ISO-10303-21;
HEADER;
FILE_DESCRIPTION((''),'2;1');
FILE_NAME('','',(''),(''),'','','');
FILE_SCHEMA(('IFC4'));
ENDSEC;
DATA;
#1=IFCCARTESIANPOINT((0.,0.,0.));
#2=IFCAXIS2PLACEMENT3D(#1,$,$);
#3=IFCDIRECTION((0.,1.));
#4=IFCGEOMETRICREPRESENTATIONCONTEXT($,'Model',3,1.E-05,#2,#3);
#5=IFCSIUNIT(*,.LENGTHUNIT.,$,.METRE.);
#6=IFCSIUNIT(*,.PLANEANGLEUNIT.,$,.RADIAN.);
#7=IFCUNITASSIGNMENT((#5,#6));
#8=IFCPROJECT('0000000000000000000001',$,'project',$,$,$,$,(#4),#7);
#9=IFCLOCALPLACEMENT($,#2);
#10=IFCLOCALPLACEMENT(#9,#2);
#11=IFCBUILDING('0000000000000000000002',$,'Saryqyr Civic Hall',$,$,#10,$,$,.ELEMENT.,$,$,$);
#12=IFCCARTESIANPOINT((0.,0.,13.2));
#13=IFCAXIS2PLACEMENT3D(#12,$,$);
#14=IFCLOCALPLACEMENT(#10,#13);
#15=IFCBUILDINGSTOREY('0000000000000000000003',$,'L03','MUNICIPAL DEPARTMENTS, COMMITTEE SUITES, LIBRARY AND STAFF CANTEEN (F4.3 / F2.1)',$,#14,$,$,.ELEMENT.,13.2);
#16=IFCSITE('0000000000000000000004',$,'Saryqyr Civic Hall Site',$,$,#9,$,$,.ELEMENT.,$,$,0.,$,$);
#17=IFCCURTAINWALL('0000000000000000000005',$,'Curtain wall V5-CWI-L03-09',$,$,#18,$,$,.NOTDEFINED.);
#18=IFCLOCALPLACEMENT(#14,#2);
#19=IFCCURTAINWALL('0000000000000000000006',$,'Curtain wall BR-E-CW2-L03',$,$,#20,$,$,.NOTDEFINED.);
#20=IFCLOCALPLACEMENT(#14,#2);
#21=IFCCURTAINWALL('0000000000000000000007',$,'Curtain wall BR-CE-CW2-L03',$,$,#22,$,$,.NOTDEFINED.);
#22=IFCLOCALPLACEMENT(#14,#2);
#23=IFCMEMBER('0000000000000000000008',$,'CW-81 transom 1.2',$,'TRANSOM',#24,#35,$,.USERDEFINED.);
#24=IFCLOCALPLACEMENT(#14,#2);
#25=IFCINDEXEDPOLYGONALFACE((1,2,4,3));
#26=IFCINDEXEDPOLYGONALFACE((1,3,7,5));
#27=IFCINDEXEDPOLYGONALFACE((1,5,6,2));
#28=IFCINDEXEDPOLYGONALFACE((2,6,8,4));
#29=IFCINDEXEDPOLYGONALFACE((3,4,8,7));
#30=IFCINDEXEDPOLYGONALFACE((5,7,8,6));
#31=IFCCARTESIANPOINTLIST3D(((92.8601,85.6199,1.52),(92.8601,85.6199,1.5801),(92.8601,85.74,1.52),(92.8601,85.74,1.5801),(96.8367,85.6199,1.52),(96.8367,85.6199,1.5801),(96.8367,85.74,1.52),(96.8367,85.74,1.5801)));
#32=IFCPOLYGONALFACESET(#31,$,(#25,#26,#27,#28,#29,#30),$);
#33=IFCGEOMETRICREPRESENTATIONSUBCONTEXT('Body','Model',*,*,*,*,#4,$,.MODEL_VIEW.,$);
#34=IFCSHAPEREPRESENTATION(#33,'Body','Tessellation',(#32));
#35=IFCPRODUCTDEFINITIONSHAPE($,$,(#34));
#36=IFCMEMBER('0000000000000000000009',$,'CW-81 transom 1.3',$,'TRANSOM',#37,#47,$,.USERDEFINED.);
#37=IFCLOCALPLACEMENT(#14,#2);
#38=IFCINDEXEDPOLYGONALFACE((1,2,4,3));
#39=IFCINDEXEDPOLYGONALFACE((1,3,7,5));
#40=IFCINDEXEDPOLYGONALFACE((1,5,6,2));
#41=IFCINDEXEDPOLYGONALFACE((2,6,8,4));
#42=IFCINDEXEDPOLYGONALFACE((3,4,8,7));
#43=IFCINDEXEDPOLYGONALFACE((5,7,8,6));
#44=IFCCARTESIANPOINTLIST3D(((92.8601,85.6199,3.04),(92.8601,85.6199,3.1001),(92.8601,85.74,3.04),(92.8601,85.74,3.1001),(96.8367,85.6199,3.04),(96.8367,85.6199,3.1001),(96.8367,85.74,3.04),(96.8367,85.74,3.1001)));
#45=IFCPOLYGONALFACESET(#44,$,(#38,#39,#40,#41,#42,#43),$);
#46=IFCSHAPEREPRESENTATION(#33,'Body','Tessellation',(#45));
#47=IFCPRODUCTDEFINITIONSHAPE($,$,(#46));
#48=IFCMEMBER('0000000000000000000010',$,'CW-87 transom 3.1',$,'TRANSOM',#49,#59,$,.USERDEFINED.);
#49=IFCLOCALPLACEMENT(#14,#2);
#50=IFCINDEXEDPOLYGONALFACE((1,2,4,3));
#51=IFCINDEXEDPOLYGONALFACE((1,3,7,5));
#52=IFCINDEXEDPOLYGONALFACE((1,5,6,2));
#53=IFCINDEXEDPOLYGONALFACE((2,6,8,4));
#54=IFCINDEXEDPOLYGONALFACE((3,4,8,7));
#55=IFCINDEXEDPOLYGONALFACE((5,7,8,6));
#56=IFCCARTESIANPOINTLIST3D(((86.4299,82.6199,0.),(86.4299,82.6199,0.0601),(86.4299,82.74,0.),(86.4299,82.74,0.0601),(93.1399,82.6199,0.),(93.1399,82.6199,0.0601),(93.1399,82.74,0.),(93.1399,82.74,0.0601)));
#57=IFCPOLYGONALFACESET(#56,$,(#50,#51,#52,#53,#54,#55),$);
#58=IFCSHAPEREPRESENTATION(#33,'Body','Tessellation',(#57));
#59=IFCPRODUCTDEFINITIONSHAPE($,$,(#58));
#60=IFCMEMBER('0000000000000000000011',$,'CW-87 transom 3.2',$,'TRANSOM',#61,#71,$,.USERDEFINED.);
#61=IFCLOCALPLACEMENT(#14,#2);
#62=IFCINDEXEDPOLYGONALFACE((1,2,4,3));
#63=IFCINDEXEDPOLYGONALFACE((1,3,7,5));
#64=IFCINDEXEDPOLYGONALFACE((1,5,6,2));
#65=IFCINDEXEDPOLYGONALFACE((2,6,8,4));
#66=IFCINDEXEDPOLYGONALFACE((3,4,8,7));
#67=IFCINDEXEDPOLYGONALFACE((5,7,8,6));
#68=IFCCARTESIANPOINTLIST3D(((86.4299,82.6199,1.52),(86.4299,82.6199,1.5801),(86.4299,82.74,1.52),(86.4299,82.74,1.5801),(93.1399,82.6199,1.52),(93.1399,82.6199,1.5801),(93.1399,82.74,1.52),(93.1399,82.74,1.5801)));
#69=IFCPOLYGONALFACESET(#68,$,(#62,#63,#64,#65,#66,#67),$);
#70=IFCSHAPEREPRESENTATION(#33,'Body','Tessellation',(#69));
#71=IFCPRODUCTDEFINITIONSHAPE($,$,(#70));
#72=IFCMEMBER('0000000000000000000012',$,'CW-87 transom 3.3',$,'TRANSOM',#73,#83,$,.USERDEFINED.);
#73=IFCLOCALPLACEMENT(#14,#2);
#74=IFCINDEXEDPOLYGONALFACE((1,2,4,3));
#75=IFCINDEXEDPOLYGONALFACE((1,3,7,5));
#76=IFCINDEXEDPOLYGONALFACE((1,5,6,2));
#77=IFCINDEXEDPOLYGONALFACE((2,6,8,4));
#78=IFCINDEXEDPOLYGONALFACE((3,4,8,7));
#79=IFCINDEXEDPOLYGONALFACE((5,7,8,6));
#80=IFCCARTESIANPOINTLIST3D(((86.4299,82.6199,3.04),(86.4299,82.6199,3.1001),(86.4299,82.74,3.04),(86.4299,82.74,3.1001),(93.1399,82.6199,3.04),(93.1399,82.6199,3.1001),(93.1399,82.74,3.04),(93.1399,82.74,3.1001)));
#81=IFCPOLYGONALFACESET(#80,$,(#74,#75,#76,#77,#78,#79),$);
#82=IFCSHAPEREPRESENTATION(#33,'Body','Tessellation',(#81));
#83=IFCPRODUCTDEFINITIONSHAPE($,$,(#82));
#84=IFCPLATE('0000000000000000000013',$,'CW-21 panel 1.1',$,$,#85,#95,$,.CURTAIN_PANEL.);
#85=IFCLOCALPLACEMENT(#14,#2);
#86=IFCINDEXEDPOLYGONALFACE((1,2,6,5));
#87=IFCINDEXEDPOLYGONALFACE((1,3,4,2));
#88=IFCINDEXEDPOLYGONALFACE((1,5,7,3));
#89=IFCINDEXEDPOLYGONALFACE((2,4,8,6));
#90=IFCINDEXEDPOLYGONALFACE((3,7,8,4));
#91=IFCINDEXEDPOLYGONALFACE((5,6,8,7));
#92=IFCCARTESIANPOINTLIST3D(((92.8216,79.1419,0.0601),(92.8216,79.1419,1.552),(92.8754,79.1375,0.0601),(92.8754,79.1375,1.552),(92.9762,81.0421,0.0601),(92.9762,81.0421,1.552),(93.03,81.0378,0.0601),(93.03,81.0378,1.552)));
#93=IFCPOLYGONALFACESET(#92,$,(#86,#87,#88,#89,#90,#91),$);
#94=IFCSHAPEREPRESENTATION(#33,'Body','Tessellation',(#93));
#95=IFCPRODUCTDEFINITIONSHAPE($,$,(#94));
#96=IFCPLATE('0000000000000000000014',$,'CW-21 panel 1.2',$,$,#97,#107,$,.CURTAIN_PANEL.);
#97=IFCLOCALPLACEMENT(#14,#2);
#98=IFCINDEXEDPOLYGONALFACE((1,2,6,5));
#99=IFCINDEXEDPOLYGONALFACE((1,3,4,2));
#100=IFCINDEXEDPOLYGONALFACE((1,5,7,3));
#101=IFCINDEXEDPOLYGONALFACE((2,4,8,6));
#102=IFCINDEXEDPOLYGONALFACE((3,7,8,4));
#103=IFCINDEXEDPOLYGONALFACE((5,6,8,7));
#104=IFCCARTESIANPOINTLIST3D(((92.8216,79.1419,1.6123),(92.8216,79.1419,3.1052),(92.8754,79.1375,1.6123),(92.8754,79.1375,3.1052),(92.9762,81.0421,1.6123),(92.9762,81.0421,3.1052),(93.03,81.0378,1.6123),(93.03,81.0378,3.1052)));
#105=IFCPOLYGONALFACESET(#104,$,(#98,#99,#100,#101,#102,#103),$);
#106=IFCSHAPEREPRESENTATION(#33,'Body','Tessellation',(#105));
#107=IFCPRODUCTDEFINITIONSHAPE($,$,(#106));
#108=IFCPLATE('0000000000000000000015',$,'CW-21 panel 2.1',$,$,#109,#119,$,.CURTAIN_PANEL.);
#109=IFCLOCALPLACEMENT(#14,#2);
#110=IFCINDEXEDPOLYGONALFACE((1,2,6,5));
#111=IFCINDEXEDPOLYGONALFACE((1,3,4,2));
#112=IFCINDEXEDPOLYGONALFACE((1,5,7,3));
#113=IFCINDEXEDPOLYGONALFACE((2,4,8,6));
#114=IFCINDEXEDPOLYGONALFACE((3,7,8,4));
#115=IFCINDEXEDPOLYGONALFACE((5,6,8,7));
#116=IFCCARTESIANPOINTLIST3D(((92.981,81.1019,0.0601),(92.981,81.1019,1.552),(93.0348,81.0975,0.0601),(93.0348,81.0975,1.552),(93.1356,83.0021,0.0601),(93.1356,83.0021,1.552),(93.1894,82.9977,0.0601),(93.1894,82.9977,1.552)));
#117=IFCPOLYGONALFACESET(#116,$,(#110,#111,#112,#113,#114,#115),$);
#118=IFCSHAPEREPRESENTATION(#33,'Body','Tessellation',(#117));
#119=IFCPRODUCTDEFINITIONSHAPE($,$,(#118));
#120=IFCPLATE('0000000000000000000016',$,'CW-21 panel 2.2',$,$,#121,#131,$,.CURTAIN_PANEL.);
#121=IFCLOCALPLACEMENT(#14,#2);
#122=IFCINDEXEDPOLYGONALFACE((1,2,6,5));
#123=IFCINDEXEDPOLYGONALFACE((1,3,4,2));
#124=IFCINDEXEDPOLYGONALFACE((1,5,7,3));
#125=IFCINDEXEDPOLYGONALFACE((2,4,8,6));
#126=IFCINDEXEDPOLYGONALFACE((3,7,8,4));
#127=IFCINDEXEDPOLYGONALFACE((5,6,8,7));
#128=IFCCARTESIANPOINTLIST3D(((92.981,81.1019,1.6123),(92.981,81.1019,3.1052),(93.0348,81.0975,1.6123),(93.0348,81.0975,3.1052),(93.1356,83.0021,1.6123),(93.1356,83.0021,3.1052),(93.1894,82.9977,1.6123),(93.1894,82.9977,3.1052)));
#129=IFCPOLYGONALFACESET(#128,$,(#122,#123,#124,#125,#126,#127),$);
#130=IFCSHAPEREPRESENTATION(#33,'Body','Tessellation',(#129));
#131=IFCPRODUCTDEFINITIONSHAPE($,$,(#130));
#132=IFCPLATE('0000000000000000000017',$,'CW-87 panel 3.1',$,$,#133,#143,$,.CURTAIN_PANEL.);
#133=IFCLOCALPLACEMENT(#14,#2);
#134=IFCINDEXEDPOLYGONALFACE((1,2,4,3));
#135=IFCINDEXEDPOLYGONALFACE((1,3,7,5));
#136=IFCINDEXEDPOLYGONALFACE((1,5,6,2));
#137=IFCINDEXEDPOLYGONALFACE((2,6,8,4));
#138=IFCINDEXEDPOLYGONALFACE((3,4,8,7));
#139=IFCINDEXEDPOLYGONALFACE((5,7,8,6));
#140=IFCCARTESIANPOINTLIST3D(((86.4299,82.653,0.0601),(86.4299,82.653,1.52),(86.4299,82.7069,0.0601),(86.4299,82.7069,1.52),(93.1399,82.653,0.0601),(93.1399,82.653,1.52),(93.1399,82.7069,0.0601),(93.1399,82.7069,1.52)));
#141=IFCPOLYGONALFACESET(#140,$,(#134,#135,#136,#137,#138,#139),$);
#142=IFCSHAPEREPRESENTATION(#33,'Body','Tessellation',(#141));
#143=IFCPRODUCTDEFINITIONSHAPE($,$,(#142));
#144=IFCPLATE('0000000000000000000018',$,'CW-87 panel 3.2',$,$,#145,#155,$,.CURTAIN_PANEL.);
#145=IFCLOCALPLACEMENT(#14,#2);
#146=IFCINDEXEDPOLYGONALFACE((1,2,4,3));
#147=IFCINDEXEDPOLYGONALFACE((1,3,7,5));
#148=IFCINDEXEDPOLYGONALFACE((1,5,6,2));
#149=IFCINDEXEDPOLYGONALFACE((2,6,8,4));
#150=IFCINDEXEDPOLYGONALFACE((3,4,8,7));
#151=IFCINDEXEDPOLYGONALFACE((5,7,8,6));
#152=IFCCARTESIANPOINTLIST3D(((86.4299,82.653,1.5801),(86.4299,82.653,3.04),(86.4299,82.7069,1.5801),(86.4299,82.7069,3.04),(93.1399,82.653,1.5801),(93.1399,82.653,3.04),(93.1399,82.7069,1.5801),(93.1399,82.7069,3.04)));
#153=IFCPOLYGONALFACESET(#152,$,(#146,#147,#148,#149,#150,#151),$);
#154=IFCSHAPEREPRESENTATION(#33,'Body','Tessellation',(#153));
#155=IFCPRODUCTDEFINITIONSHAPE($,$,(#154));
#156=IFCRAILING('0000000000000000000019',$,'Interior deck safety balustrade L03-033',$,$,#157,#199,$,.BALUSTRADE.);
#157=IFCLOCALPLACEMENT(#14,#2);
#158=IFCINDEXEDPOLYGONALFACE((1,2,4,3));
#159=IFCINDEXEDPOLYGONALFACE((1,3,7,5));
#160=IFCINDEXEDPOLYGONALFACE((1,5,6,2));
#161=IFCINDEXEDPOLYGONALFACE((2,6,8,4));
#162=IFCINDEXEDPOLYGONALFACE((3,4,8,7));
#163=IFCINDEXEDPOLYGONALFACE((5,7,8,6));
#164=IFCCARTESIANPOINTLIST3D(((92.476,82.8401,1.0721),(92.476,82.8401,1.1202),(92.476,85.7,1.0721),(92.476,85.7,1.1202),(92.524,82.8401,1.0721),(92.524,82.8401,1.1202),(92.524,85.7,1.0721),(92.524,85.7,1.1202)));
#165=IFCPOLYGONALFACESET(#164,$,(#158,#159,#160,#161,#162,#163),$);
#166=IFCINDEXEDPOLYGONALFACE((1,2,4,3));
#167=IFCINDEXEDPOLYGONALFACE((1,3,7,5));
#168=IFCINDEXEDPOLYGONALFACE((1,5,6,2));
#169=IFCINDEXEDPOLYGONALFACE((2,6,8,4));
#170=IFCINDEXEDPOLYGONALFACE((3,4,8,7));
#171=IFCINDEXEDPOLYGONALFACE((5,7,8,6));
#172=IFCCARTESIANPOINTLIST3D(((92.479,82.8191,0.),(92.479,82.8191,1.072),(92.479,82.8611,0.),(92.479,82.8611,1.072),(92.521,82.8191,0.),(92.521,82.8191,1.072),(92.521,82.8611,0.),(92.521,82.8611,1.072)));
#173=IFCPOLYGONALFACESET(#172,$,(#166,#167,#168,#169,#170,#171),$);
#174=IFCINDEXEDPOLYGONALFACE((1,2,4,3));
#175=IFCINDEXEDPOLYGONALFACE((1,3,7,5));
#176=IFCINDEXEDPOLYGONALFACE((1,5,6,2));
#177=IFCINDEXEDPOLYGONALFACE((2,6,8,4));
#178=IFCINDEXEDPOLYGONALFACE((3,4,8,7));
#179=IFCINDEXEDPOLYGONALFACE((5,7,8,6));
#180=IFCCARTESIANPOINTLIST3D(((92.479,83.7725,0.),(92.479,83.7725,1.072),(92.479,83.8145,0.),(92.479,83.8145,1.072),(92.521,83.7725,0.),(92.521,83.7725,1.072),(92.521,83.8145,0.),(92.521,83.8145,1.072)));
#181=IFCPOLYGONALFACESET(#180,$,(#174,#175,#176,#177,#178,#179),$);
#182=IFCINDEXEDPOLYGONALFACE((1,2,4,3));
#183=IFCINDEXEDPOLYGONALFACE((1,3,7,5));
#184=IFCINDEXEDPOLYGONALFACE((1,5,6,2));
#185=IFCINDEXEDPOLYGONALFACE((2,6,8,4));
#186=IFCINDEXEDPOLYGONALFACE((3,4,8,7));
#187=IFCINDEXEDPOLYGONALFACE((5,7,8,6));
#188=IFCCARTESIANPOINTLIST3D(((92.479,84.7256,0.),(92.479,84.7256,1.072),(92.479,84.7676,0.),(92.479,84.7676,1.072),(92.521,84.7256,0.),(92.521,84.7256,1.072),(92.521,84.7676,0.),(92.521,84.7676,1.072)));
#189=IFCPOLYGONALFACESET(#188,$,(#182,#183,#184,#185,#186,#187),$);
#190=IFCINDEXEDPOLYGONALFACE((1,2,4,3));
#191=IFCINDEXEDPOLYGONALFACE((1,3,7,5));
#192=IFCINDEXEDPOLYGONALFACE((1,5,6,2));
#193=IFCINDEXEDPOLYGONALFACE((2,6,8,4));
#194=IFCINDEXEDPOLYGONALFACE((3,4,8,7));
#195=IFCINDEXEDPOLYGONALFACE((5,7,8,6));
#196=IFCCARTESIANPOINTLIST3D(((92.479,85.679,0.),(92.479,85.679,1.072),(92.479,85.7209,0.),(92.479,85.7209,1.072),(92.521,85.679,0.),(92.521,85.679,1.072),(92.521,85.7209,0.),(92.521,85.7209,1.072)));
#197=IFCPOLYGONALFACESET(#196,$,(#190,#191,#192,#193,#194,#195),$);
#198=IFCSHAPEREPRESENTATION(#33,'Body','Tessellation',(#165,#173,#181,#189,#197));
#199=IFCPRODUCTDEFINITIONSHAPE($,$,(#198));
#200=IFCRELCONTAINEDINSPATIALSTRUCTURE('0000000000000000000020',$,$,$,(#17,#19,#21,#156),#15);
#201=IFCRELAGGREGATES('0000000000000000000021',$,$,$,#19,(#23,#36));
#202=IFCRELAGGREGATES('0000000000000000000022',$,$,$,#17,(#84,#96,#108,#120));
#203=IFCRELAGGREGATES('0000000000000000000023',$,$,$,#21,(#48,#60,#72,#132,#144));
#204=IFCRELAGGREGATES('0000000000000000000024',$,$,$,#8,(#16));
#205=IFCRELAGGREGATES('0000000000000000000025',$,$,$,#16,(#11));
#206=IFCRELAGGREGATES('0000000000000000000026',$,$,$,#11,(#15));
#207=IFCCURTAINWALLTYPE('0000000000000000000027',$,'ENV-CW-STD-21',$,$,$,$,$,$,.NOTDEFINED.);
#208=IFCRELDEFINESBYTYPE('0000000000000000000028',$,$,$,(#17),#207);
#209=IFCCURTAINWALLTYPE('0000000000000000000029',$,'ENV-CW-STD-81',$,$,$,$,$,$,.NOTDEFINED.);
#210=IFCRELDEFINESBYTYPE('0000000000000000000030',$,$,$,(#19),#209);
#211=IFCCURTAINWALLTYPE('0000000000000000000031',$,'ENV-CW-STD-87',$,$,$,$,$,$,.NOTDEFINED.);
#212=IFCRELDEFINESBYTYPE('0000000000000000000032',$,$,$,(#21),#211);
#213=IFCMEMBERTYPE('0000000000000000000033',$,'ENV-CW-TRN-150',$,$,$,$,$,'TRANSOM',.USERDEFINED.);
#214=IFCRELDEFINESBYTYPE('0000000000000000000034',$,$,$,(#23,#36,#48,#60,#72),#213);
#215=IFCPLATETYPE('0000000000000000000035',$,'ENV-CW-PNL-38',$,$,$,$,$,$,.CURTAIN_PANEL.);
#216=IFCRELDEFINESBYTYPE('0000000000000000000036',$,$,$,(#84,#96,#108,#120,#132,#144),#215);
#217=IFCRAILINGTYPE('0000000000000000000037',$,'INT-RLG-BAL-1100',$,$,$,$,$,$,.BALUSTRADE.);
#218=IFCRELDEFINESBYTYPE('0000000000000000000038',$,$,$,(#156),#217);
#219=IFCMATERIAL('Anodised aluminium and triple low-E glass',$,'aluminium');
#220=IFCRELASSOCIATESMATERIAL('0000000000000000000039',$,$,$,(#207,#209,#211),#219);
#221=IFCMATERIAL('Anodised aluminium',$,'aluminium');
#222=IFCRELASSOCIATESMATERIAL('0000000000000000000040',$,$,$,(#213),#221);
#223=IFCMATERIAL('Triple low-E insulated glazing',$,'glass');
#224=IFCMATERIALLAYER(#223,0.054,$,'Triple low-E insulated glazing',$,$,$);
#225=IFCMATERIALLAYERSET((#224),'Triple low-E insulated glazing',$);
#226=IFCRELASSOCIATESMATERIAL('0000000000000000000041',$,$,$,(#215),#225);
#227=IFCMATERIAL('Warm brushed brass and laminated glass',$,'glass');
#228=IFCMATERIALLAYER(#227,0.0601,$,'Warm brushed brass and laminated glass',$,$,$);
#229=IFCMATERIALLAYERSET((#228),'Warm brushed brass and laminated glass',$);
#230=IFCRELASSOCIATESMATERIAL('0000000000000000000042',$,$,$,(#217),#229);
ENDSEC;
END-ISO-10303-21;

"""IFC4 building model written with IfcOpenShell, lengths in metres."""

from ifc_helpers import new_model, si_unit, direction, frame, origin, origin_2d, place, context, subcontext, project, spatial, rectangle, extrude, material, layer, layer_set, material_profile, profile_set, type_object, element, aggregate, save


model = new_model("IFC4")

# Units and contexts
model_context = context("Model", 3, precision=1e-05, world=origin(), true_north=direction((0.0, 1.0)))
body_context = subcontext(model_context, "Body", "Model", "MODEL_VIEW")
ifc_project = project(units=[si_unit("LENGTHUNIT", "METRE"), si_unit("PLANEANGLEUNIT", "RADIAN")], contexts=[model_context])

# Site, building, storey
site_placement = place(None, origin())
site = spatial("IfcSite", under=ifc_project, at=site_placement, Name="Saryqyr Civic Hall Site", CompositionType="ELEMENT", RefElevation=0.0)
building_placement = place(site_placement, origin())
building = spatial("IfcBuilding", under=site, at=building_placement, Name="Saryqyr Civic Hall", CompositionType="ELEMENT")
storey_placement = place(building_placement, frame((0.0, 0.0, 13.2)))
storey = spatial("IfcBuildingStorey", under=building, at=storey_placement, Name="L03", Description="MUNICIPAL DEPARTMENTS, COMMITTEE SUITES, LIBRARY AND STAFF CANTEEN (F4.3 / F2.1)", CompositionType="ELEMENT", Elevation=13.2)

# Curtain walls
ifc_material_1 = material(Name="Anodised aluminium and triple low-E glass", Category="aluminium")
curtain_wall_type_1 = type_object("IfcCurtainWallType", Name="ENV-CW-STD-21", PredefinedType="NOTDEFINED", material=ifc_material_1)
curtain_wall_1_placement = place(storey_placement, origin())
curtain_wall_1 = element("IfcCurtainWall", 1, at=curtain_wall_1_placement, inside=storey, type_object=curtain_wall_type_1, Name="Curtain wall V5-CWI-L03-09", PredefinedType="NOTDEFINED")
ifc_material_2 = material(Name="Anodised aluminium", Category="aluminium")
curtain_wall_type_2 = type_object("IfcCurtainWallType", Name="ENV-CW-STD-81", PredefinedType="NOTDEFINED", material=ifc_material_1)
curtain_wall_2_placement = place(storey_placement, origin())
curtain_wall_2 = element("IfcCurtainWall", 2, at=curtain_wall_2_placement, inside=storey, type_object=curtain_wall_type_2, Name="Curtain wall BR-E-CW2-L03", PredefinedType="NOTDEFINED")
curtain_wall_type_3 = type_object("IfcCurtainWallType", Name="ENV-CW-STD-87", PredefinedType="NOTDEFINED", material=ifc_material_1)
curtain_wall_3_placement = place(storey_placement, origin())
curtain_wall_3 = element("IfcCurtainWall", 3, at=curtain_wall_3_placement, inside=storey, type_object=curtain_wall_type_3, Name="Curtain wall BR-CE-CW2-L03", PredefinedType="NOTDEFINED")

# Members
ifc_material_profile_1 = material_profile(ifc_material_2, rectangle(XDim=0.1201, YDim=0.0601, at=origin_2d()), Name="ALU TRANSOM 120x60")
ifc_profile_set_1 = profile_set([ifc_material_profile_1], Name="Anodised aluminium")
member_type_1 = type_object("IfcMemberType", Name="ENV-CW-TRN-150", ElementType="TRANSOM", PredefinedType="USERDEFINED", material=ifc_profile_set_1)
member_1_placement = place(storey_placement, frame((92.8601, 85.6799, 1.55), z_axis=(1.0, 0.0, 0.0), x_axis=(0.0, 1.0, 0.0)))
member_1 = element("IfcMember", 4, at=member_1_placement, type_object=member_type_1, Name="CW-81 transom 1.2", ObjectType="TRANSOM", PredefinedType="USERDEFINED", context=body_context, shape_type="SweptSolid", body=[
    extrude(rectangle(XDim=0.1201, YDim=0.0601, at=origin_2d()), origin(), (0.0, 0.0, 1.0), 3.9766),
])
member_2_placement = place(storey_placement, frame((92.8601, 85.6799, 3.0701), z_axis=(1.0, 0.0, 0.0), x_axis=(0.0, 1.0, 0.0)))
member_2 = element("IfcMember", 5, at=member_2_placement, type_object=member_type_1, Name="CW-81 transom 1.3", ObjectType="TRANSOM", PredefinedType="USERDEFINED", context=body_context, shape_type="SweptSolid", body=[
    extrude(rectangle(XDim=0.1201, YDim=0.0601, at=origin_2d()), origin(), (0.0, 0.0, 1.0), 3.9766),
])
aggregate(curtain_wall_2, [member_1, member_2])
member_3_placement = place(storey_placement, frame((86.4299, 82.6799, 0.03), z_axis=(1.0, 0.0, 0.0), x_axis=(0.0, 1.0, 0.0)))
member_3 = element("IfcMember", 6, at=member_3_placement, type_object=member_type_1, Name="CW-87 transom 3.1", ObjectType="TRANSOM", PredefinedType="USERDEFINED", context=body_context, shape_type="SweptSolid", body=[
    extrude(rectangle(XDim=0.1201, YDim=0.0601, at=origin_2d()), origin(), (0.0, 0.0, 1.0), 6.71),
])
member_4_placement = place(storey_placement, frame((86.4299, 82.6799, 1.55), z_axis=(1.0, 0.0, 0.0), x_axis=(0.0, 1.0, 0.0)))
member_4 = element("IfcMember", 7, at=member_4_placement, type_object=member_type_1, Name="CW-87 transom 3.2", ObjectType="TRANSOM", PredefinedType="USERDEFINED", context=body_context, shape_type="SweptSolid", body=[
    extrude(rectangle(XDim=0.1201, YDim=0.0601, at=origin_2d()), origin(), (0.0, 0.0, 1.0), 6.71),
])
member_5_placement = place(storey_placement, frame((86.4299, 82.6799, 3.0701), z_axis=(1.0, 0.0, 0.0), x_axis=(0.0, 1.0, 0.0)))
member_5 = element("IfcMember", 8, at=member_5_placement, type_object=member_type_1, Name="CW-87 transom 3.3", ObjectType="TRANSOM", PredefinedType="USERDEFINED", context=body_context, shape_type="SweptSolid", body=[
    extrude(rectangle(XDim=0.1201, YDim=0.0601, at=origin_2d()), origin(), (0.0, 0.0, 1.0), 6.71),
])

# Plates
ifc_material_3 = material(Name="Triple low-E insulated glazing", Category="glass")
ifc_layer_1 = layer(ifc_material_3, 0.054, Name="Triple low-E insulated glazing")
ifc_layer_set_1 = layer_set([ifc_layer_1], Name="Triple low-E insulated glazing")
plate_type = type_object("IfcPlateType", Name="ENV-CW-PNL-38", PredefinedType="CURTAIN_PANEL", material=ifc_layer_set_1)
plate_1_placement = place(storey_placement, frame((92.9258, 80.0898, 0.0601), z_axis=(0.0, 0.0, 1.0), x_axis=(0.081091, 0.996707, 0.0)))
plate_1 = element("IfcPlate", 9, at=plate_1_placement, type_object=plate_type, Name="CW-21 panel 1.1", PredefinedType="CURTAIN_PANEL", context=body_context, shape_type="SweptSolid", body=[
    extrude(rectangle(XDim=1.9065, YDim=0.054, at=origin_2d()), origin(), (0.0, 0.0, 1.0), 1.4919),
])
plate_2_placement = place(storey_placement, frame((92.9258, 80.0898, 1.6123), z_axis=(0.0, 0.0, 1.0), x_axis=(0.081091, 0.996707, 0.0)))
plate_2 = element("IfcPlate", 10, at=plate_2_placement, type_object=plate_type, Name="CW-21 panel 1.2", PredefinedType="CURTAIN_PANEL", context=body_context, shape_type="SweptSolid", body=[
    extrude(rectangle(XDim=1.9065, YDim=0.054, at=origin_2d()), origin(), (0.0, 0.0, 1.0), 1.4929),
])
plate_3_placement = place(storey_placement, frame((93.0852, 82.0498, 0.0601), z_axis=(0.0, 0.0, 1.0), x_axis=(0.081091, 0.996707, 0.0)))
plate_3 = element("IfcPlate", 11, at=plate_3_placement, type_object=plate_type, Name="CW-21 panel 2.1", PredefinedType="CURTAIN_PANEL", context=body_context, shape_type="SweptSolid", body=[
    extrude(rectangle(XDim=1.9065, YDim=0.054, at=origin_2d()), origin(), (0.0, 0.0, 1.0), 1.4919),
])
plate_4_placement = place(storey_placement, frame((93.0852, 82.0498, 1.6123), z_axis=(0.0, 0.0, 1.0), x_axis=(0.081091, 0.996707, 0.0)))
plate_4 = element("IfcPlate", 12, at=plate_4_placement, type_object=plate_type, Name="CW-21 panel 2.2", PredefinedType="CURTAIN_PANEL", context=body_context, shape_type="SweptSolid", body=[
    extrude(rectangle(XDim=1.9065, YDim=0.054, at=origin_2d()), origin(), (0.0, 0.0, 1.0), 1.4929),
])
aggregate(curtain_wall_1, [plate_1, plate_2, plate_3, plate_4])
plate_5_placement = place(storey_placement, frame((89.7849, 82.6799, 0.0601), z_axis=(0.0, 0.0, 1.0), x_axis=(1.0, 0.0, 0.0)))
plate_5 = element("IfcPlate", 13, at=plate_5_placement, type_object=plate_type, Name="CW-87 panel 3.1", PredefinedType="CURTAIN_PANEL", context=body_context, shape_type="SweptSolid", body=[
    extrude(rectangle(XDim=6.71, YDim=0.054, at=origin_2d()), origin(), (0.0, 0.0, 1.0), 1.46),
])
plate_6_placement = place(storey_placement, frame((89.7849, 82.6799, 1.5801), z_axis=(0.0, 0.0, 1.0), x_axis=(1.0, 0.0, 0.0)))
plate_6 = element("IfcPlate", 14, at=plate_6_placement, type_object=plate_type, Name="CW-87 panel 3.2", PredefinedType="CURTAIN_PANEL", context=body_context, shape_type="SweptSolid", body=[
    extrude(rectangle(XDim=6.71, YDim=0.054, at=origin_2d()), origin(), (0.0, 0.0, 1.0), 1.46),
])
aggregate(curtain_wall_3, [member_3, member_4, member_5, plate_5, plate_6])

# Railing
ifc_material_4 = material(Name="Warm brushed brass and laminated glass", Category="glass")
ifc_layer_2 = layer(ifc_material_4, 0.0601, Name="Warm brushed brass and laminated glass")
ifc_layer_set_2 = layer_set([ifc_layer_2], Name="Warm brushed brass and laminated glass")
railing_type = type_object("IfcRailingType", Name="INT-RLG-BAL-1100", PredefinedType="BALUSTRADE", material=ifc_layer_set_2)
railing_1_placement = place(storey_placement, frame((92.5, 82.8401, 0.0)))
element("IfcRailing", 15, at=railing_1_placement, inside=storey, type_object=railing_type, Name="Interior deck safety balustrade L03-033", PredefinedType="BALUSTRADE", context=body_context, shape_type="SweptSolid", body=[
    extrude(rectangle(XDim=0.0481, YDim=0.0481, at=origin_2d()), frame((0.0, 0.0, 1.0962), z_axis=(0.0, 1.0, 0.0), x_axis=(-1.0, 0.0, 0.0)), (0.0, 0.0, 1.0), 2.8599),
    extrude(rectangle(XDim=0.042, YDim=0.042, at=origin_2d()), origin(), (0.0, 0.0, 1.0), 1.072),
    extrude(rectangle(XDim=0.042, YDim=0.042, at=origin_2d()), frame((0.0, 0.9534, 0.0)), (0.0, 0.0, 1.0), 1.072),
    extrude(rectangle(XDim=0.042, YDim=0.042, at=origin_2d()), frame((0.0, 1.9065, 0.0)), (0.0, 0.0, 1.0), 1.072),
    extrude(rectangle(XDim=0.042, YDim=0.042, at=origin_2d()), frame((0.0, 2.8599, 0.0)), (0.0, 0.0, 1.0), 1.072),
])

save(model, "model.ifc")
